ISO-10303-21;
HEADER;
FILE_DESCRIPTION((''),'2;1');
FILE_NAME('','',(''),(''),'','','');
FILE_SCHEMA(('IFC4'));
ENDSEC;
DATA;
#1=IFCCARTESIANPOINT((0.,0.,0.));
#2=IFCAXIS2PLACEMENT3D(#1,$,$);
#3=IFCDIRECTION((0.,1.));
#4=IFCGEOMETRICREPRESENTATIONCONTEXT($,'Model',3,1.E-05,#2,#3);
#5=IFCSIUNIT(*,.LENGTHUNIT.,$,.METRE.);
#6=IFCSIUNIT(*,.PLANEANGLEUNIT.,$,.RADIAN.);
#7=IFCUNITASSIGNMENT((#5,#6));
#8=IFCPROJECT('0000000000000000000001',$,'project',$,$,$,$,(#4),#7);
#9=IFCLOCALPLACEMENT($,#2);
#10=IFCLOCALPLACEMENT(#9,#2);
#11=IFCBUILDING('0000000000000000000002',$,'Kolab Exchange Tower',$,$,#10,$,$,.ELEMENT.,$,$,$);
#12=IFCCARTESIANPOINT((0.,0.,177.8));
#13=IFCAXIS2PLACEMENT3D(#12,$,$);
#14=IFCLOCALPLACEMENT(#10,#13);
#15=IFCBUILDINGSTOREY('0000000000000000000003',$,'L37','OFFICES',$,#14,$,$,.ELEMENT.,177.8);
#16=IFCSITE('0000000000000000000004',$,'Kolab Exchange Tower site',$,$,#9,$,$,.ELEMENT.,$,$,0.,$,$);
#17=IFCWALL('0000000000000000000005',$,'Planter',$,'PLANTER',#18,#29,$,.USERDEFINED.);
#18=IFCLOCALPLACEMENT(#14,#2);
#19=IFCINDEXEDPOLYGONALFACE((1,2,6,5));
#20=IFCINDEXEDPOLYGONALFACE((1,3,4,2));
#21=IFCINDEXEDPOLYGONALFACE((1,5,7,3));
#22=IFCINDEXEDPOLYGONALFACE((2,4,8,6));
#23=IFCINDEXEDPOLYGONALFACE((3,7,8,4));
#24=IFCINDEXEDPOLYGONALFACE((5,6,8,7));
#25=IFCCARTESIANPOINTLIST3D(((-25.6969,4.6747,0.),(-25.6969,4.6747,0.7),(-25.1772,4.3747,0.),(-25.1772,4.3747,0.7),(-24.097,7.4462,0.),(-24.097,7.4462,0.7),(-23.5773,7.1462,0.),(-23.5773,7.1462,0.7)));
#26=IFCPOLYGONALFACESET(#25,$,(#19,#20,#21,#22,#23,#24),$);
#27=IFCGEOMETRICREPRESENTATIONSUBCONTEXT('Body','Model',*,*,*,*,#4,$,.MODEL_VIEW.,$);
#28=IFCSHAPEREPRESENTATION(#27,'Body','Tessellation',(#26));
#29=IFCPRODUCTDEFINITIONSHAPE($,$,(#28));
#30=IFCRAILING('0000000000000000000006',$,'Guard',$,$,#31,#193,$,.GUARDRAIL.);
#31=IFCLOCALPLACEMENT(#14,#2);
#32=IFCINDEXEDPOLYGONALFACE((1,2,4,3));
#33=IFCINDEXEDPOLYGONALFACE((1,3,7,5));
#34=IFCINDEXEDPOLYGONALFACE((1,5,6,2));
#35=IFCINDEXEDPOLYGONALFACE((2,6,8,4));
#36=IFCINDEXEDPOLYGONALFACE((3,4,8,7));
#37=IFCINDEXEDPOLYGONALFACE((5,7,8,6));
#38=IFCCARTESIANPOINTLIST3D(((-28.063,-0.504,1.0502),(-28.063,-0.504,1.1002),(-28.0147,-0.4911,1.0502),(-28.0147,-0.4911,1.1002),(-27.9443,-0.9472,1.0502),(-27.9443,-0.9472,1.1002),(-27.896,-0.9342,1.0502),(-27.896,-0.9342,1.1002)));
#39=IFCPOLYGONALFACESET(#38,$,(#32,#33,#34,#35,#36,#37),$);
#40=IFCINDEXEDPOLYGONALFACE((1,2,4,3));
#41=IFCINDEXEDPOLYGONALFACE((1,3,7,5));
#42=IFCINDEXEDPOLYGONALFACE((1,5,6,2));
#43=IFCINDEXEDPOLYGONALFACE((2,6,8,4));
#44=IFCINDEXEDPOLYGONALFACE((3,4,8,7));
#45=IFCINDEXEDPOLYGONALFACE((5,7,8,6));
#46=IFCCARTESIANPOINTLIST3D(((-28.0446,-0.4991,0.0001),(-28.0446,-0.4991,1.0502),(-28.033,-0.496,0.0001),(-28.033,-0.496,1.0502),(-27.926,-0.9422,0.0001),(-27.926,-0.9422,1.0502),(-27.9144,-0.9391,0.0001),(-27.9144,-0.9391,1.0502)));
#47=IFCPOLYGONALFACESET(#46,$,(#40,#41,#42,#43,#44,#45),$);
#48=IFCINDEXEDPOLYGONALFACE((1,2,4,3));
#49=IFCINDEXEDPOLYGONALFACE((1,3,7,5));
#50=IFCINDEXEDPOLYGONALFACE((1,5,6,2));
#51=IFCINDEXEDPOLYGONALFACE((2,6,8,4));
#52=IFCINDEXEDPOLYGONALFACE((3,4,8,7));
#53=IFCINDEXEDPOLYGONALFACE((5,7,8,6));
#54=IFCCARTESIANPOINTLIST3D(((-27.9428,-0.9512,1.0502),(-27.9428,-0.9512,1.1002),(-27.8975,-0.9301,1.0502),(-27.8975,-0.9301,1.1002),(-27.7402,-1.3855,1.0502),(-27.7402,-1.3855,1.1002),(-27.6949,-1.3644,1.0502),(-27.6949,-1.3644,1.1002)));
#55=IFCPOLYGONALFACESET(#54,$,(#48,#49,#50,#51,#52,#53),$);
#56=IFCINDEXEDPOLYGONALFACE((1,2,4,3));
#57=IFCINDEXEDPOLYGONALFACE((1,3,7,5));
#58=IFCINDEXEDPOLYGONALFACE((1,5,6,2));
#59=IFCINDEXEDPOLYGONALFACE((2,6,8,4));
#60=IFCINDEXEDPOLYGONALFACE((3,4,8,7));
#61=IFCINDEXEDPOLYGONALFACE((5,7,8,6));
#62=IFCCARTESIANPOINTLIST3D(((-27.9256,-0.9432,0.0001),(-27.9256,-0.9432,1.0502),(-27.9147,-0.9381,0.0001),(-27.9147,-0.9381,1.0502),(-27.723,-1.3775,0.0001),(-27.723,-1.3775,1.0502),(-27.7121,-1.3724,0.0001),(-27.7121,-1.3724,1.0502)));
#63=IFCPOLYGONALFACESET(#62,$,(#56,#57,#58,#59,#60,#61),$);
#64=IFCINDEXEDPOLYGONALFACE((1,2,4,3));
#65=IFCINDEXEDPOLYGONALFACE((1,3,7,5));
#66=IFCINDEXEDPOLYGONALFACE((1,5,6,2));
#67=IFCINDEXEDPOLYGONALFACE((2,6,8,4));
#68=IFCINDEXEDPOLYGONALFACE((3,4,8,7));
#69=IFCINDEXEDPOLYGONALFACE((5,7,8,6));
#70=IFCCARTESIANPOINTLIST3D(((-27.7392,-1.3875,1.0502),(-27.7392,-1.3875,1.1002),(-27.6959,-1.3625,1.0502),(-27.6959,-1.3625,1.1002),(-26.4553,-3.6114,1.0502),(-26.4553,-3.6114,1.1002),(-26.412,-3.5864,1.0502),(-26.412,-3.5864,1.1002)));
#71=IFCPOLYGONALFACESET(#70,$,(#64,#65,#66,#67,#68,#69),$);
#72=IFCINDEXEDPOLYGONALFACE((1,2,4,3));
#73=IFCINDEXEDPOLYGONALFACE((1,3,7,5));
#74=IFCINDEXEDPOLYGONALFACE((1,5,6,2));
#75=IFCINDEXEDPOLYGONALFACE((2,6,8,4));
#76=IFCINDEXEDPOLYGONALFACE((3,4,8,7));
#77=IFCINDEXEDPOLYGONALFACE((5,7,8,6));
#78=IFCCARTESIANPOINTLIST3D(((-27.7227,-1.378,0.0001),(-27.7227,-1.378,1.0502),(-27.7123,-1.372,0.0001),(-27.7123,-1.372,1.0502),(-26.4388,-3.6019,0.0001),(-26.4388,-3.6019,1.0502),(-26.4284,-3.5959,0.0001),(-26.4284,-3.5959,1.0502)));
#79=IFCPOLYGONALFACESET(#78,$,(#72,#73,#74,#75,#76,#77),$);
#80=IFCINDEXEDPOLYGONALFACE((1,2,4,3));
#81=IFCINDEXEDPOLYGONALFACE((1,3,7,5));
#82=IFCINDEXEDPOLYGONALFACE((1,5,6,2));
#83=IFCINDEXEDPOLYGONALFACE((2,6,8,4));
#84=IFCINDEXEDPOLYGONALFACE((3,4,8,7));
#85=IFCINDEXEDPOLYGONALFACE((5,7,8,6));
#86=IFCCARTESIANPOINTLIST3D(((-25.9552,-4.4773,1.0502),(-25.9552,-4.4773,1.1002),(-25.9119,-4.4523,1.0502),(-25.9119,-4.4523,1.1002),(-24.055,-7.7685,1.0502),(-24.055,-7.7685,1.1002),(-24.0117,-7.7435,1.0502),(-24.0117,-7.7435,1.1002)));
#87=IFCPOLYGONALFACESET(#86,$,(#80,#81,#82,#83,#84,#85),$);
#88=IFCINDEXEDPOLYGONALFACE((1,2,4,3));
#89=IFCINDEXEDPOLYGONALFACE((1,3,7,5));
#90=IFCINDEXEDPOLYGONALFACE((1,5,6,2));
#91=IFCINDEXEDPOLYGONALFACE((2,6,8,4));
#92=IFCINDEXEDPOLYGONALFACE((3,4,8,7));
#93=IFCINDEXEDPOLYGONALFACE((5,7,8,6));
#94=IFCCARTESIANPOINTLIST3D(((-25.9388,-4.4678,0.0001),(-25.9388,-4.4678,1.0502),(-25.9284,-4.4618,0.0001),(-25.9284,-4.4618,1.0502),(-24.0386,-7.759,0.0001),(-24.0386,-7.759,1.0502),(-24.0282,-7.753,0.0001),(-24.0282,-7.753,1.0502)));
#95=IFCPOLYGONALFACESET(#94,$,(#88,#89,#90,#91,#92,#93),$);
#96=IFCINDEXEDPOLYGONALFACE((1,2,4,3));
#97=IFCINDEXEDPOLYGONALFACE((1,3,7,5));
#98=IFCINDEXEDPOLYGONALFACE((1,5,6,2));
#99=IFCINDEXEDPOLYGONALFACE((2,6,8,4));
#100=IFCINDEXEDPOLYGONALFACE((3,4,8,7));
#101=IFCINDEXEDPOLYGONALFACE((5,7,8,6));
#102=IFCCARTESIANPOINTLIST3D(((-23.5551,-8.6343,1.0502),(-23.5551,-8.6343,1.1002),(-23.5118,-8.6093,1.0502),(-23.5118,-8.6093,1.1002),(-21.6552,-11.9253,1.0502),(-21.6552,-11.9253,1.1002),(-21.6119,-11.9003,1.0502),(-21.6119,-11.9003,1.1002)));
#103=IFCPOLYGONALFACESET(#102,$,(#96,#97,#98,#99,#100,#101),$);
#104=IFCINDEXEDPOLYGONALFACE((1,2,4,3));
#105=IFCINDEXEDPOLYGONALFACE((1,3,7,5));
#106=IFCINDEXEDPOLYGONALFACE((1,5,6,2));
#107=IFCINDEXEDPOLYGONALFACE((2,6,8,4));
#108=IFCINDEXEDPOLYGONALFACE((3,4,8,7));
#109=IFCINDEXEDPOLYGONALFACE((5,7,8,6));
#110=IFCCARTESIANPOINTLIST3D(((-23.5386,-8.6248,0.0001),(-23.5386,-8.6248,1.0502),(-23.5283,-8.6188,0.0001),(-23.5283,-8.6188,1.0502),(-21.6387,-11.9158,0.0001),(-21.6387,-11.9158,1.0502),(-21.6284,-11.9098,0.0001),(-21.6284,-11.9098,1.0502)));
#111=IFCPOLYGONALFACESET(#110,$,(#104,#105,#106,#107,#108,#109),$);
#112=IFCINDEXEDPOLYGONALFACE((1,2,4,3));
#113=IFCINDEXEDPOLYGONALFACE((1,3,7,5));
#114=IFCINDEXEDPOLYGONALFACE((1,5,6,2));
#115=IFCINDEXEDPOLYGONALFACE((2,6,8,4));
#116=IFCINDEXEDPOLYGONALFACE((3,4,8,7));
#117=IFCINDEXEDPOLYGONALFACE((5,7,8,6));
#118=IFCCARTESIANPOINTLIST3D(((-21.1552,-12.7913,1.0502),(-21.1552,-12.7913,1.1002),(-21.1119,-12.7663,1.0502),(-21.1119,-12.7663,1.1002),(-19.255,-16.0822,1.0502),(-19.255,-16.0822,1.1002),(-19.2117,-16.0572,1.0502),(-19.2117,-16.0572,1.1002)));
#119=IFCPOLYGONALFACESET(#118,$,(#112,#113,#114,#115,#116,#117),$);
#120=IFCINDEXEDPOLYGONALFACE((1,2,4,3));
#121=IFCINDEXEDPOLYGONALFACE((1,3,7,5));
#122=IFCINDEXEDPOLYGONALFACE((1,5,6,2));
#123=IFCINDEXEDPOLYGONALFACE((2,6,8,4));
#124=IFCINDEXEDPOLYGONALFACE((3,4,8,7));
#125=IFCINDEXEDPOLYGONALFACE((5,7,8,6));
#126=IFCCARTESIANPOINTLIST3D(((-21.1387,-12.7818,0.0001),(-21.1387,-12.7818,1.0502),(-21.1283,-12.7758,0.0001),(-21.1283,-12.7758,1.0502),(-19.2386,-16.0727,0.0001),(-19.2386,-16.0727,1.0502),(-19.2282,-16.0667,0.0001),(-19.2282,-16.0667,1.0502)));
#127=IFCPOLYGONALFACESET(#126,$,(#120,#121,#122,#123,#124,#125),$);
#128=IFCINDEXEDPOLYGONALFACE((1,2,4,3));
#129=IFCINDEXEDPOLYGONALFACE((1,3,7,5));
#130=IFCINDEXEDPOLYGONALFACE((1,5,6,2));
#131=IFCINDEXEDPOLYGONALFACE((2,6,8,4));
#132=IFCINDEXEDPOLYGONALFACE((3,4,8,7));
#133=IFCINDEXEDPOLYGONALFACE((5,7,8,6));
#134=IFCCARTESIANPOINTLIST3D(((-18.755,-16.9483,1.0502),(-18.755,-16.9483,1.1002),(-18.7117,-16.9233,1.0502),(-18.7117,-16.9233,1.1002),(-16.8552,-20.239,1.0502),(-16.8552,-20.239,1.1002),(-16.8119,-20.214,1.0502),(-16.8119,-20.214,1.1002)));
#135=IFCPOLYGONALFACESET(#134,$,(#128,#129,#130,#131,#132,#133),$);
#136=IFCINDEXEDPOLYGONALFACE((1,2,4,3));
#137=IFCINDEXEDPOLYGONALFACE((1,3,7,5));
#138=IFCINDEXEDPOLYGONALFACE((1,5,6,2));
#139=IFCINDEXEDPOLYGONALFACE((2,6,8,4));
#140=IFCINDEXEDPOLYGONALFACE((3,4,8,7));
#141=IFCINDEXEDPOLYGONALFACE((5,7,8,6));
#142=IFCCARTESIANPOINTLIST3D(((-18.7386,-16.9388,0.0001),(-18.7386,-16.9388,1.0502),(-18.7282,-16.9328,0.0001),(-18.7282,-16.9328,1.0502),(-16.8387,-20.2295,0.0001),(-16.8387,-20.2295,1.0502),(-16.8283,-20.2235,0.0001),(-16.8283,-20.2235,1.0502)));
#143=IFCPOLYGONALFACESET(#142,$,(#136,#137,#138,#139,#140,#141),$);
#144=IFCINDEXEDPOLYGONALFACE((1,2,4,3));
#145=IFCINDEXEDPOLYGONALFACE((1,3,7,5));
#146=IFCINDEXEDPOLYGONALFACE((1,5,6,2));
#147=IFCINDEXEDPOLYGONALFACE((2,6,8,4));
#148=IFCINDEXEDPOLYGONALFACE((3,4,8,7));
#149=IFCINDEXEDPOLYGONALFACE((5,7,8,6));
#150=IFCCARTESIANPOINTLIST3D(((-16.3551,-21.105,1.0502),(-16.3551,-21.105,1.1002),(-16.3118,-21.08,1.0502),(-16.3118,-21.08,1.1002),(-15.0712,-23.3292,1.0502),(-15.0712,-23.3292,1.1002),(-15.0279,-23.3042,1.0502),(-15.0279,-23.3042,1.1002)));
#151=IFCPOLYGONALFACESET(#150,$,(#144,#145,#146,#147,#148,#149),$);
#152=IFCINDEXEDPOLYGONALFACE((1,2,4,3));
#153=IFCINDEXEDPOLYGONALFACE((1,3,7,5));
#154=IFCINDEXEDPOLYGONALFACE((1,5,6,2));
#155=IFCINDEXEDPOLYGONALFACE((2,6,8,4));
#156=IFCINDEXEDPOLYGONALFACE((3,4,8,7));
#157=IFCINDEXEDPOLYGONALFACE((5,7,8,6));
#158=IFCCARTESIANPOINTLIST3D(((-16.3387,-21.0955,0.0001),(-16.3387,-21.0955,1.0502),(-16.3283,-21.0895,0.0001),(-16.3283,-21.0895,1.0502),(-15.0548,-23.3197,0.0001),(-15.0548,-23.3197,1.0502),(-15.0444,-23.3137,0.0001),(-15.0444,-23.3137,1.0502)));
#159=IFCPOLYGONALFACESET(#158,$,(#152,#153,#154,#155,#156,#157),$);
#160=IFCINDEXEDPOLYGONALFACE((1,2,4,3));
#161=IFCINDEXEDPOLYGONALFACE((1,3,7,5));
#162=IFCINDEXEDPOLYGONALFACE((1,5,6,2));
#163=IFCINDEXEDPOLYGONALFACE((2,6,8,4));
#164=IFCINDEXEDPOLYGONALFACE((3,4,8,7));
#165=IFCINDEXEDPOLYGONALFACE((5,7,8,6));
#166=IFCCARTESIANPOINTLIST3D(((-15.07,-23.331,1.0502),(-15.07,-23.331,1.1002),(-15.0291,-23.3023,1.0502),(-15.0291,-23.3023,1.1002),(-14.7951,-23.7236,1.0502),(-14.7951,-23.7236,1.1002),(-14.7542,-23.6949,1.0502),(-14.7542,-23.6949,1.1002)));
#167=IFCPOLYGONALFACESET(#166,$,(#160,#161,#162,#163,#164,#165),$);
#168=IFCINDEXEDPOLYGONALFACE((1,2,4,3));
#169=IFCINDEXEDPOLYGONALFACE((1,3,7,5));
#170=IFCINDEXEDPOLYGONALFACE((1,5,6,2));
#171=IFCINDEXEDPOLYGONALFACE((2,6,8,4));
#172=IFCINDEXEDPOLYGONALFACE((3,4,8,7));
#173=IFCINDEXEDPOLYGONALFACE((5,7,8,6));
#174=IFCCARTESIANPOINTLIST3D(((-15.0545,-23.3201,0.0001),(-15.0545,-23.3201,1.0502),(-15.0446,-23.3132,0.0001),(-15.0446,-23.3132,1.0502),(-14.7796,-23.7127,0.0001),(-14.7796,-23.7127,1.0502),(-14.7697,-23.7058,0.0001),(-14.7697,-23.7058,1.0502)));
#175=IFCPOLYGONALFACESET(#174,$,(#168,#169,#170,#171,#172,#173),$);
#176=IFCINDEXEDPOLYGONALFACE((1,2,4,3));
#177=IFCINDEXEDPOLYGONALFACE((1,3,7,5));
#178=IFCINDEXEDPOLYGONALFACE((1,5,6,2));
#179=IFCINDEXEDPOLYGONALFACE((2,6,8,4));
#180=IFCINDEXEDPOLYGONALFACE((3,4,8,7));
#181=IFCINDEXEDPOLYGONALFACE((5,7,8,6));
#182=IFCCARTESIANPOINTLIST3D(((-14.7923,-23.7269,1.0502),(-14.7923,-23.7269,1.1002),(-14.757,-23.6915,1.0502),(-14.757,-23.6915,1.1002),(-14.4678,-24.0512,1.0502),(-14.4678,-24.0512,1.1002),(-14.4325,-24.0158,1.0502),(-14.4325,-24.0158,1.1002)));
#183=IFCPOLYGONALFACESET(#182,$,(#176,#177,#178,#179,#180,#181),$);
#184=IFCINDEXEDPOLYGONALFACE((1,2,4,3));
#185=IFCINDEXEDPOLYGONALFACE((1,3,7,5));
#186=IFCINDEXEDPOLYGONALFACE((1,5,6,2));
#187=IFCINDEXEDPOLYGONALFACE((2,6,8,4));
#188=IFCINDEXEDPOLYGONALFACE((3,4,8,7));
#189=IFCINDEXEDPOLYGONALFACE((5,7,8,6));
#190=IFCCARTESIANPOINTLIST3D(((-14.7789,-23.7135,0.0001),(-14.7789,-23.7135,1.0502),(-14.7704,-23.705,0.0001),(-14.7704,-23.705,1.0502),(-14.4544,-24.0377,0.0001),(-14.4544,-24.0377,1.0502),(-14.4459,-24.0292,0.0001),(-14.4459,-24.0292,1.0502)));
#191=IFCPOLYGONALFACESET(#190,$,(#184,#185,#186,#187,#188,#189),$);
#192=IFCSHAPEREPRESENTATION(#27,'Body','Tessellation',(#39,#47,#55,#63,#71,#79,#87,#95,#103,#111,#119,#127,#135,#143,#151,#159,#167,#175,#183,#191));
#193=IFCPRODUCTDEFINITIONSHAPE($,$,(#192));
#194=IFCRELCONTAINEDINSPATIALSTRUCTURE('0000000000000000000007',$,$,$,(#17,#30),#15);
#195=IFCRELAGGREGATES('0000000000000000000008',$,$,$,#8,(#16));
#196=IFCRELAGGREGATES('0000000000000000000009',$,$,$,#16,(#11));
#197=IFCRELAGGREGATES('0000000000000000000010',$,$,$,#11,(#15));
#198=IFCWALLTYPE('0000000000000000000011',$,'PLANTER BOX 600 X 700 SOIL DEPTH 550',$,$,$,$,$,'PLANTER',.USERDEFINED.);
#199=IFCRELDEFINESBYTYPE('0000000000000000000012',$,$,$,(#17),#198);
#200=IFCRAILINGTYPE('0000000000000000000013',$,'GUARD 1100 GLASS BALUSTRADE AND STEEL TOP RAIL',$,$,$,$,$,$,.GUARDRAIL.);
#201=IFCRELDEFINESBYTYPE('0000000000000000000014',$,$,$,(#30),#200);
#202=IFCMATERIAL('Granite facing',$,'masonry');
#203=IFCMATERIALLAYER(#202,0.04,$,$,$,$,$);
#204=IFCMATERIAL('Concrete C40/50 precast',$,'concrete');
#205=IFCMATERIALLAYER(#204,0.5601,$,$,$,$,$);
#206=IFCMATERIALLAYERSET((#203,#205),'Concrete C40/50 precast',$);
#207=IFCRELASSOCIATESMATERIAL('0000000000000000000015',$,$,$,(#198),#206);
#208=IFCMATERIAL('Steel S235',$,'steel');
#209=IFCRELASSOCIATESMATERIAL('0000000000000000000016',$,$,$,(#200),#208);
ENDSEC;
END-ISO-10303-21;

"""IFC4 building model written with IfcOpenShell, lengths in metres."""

from ifc_helpers import new_model, si_unit, direction, frame, frame_2d, origin, origin_2d, place, context, subcontext, project, spatial, rectangle, extrude, material, layer, layer_set, type_object, element, save


model = new_model("IFC4")

# Units and contexts
model_context = context("Model", 3, precision=1e-05, world=origin(), true_north=direction((0.0, 1.0)))
body_context = subcontext(model_context, "Body", "Model", "MODEL_VIEW")
ifc_project = project(units=[si_unit("LENGTHUNIT", "METRE"), si_unit("PLANEANGLEUNIT", "RADIAN")], contexts=[model_context])

# Site, building, storey
site_placement = place(None, origin())
site = spatial("IfcSite", under=ifc_project, at=site_placement, Name="Kolab Exchange Tower site", CompositionType="ELEMENT", RefElevation=0.0)
building_placement = place(site_placement, origin())
building = spatial("IfcBuilding", under=site, at=building_placement, Name="Kolab Exchange Tower", CompositionType="ELEMENT")
storey_placement = place(building_placement, frame((0.0, 0.0, 177.8)))
storey = spatial("IfcBuildingStorey", under=building, at=storey_placement, Name="L37", Description="OFFICES", CompositionType="ELEMENT", Elevation=177.8)

# Wall
ifc_material_1 = material(Name="Granite facing", Category="masonry")
ifc_layer_1 = layer(ifc_material_1, 0.04)
ifc_material_2 = material(Name="Concrete C40/50 precast", Category="concrete")
ifc_layer_2 = layer(ifc_material_2, 0.5601)
ifc_layer_set_1 = layer_set([ifc_layer_1, ifc_layer_2], Name="Concrete C40/50 precast")
wall_type_1 = type_object("IfcWallType", Name="PLANTER BOX 600 X 700 SOIL DEPTH 550", ElementType="PLANTER", PredefinedType="USERDEFINED", material=ifc_layer_set_1)
wall_1_placement = place(storey_placement, frame((-25.437, 4.5247, 0.0), z_axis=(0.0, 0.0, 1.0), x_axis=(0.499938, 0.866061, 0.0)))
element("IfcWall", 1, at=wall_1_placement, inside=storey, type_object=wall_type_1, Name="Planter", ObjectType="PLANTER", PredefinedType="USERDEFINED", context=body_context, shape_type="SweptSolid", body=[
    extrude(rectangle(XDim=3.2002, YDim=0.6001, at=frame_2d((1.6001, 0.0))), origin(), (0.0, 0.0, 1.0), 0.7),
])

# Railing
ifc_material_3 = material(Name="Steel S235", Category="steel")
railing_type = type_object("IfcRailingType", Name="GUARD 1100 GLASS BALUSTRADE AND STEEL TOP RAIL", PredefinedType="GUARDRAIL", material=ifc_material_3)
railing_placement = place(storey_placement, frame((-28.0388, -0.4976, 0.0)))
element("IfcRailing", 2, at=railing_placement, inside=storey, type_object=railing_type, Name="Guard", PredefinedType="GUARDRAIL", context=body_context, shape_type="SweptSolid", body=[
    extrude(rectangle(XDim=0.05, YDim=0.05, at=origin_2d()), frame((0.0, 0.0, 1.0752), z_axis=(0.258656, -0.965969, 0.0), x_axis=(0.965969, 0.258656, 0.0)), (0.0, 0.0, 1.0), 0.4587),
    extrude(rectangle(XDim=0.012, YDim=1.0501, at=frame_2d((0.0, 0.5251))), frame((0.0, 0.0, 0.0), z_axis=(0.258656, -0.965969, 0.0), x_axis=(0.965969, 0.258656, 0.0)), (0.0, 0.0, 1.0), 0.4587),
    extrude(rectangle(XDim=0.05, YDim=0.05, at=origin_2d()), frame((0.1187, -0.4431, 1.0752), z_axis=(0.422802, -0.906222, 0.0), x_axis=(0.906222, 0.422802, 0.0)), (0.0, 0.0, 1.0), 0.4792),
    extrude(rectangle(XDim=0.012, YDim=1.0501, at=frame_2d((0.0, 0.5251))), frame((0.1187, -0.4431, 0.0), z_axis=(0.422802, -0.906222, 0.0), x_axis=(0.906222, 0.422802, 0.0)), (0.0, 0.0, 1.0), 0.4792),
    extrude(rectangle(XDim=0.05, YDim=0.05, at=origin_2d()), frame((0.3213, -0.8774, 1.0752), z_axis=(0.499994, -0.866029, 0.0), x_axis=(0.866029, 0.499994, 0.0)), (0.0, 0.0, 1.0), 2.5679),
    extrude(rectangle(XDim=0.012, YDim=1.0501, at=frame_2d((0.0, 0.5251))), frame((0.3213, -0.8774, 0.0), z_axis=(0.499994, -0.866029, 0.0), x_axis=(0.866029, 0.499994, 0.0)), (0.0, 0.0, 1.0), 2.5679),
    extrude(rectangle(XDim=0.05, YDim=0.05, at=origin_2d()), frame((2.1052, -3.9673, 1.0752), z_axis=(0.500015, -0.866017, 0.0), x_axis=(0.866017, 0.500015, 0.0)), (0.0, 0.0, 1.0), 3.8003),
    extrude(rectangle(XDim=0.012, YDim=1.0501, at=frame_2d((0.0, 0.5251))), frame((2.1052, -3.9673, 0.0), z_axis=(0.500015, -0.866017, 0.0), x_axis=(0.866017, 0.500015, 0.0)), (0.0, 0.0, 1.0), 3.8003),
    extrude(rectangle(XDim=0.05, YDim=0.05, at=origin_2d()), frame((4.5054, -8.1243, 1.0752), z_axis=(0.499967, -0.866044, 0.0), x_axis=(0.866044, 0.499967, 0.0)), (0.0, 0.0, 1.0), 3.8),
    extrude(rectangle(XDim=0.012, YDim=1.0501, at=frame_2d((0.0, 0.5251))), frame((4.5054, -8.1243, 0.0), z_axis=(0.499967, -0.866044, 0.0), x_axis=(0.866044, 0.499967, 0.0)), (0.0, 0.0, 1.0), 3.8),
    extrude(rectangle(XDim=0.05, YDim=0.05, at=origin_2d()), frame((6.9053, -12.2812, 1.0752), z_axis=(0.500043, -0.866, 0.0), x_axis=(0.866, 0.500043, 0.0)), (0.0, 0.0, 1.0), 3.8),
    extrude(rectangle(XDim=0.012, YDim=1.0501, at=frame_2d((0.0, 0.5251))), frame((6.9053, -12.2812, 0.0), z_axis=(0.500043, -0.866, 0.0), x_axis=(0.866, 0.500043, 0.0)), (0.0, 0.0, 1.0), 3.8),
    extrude(rectangle(XDim=0.05, YDim=0.05, at=origin_2d()), frame((9.3054, -16.4382, 1.0752), z_axis=(0.499995, -0.866028, 0.0), x_axis=(0.866028, 0.499995, 0.0)), (0.0, 0.0, 1.0), 3.7998),
    extrude(rectangle(XDim=0.012, YDim=1.0501, at=frame_2d((0.0, 0.5251))), frame((9.3054, -16.4382, 0.0), z_axis=(0.499995, -0.866028, 0.0), x_axis=(0.866028, 0.499995, 0.0)), (0.0, 0.0, 1.0), 3.7998),
    extrude(rectangle(XDim=0.05, YDim=0.05, at=origin_2d()), frame((11.7053, -20.595, 1.0752), z_axis=(0.499953, -0.866053, 0.0), x_axis=(0.866053, 0.499953, 0.0)), (0.0, 0.0, 1.0), 2.5681),
    extrude(rectangle(XDim=0.012, YDim=1.0501, at=frame_2d((0.0, 0.5251))), frame((11.7053, -20.595, 0.0), z_axis=(0.499953, -0.866053, 0.0), x_axis=(0.866053, 0.499953, 0.0)), (0.0, 0.0, 1.0), 2.5681),
    extrude(rectangle(XDim=0.05, YDim=0.05, at=origin_2d()), frame((12.9893, -22.8191, 1.0752), z_axis=(0.573599, -0.819136, 0.0), x_axis=(0.819136, 0.573599, 0.0)), (0.0, 0.0, 1.0), 0.4792),
    extrude(rectangle(XDim=0.012, YDim=1.0501, at=frame_2d((0.0, 0.5251))), frame((12.9893, -22.8191, 0.0), z_axis=(0.573599, -0.819136, 0.0), x_axis=(0.819136, 0.573599, 0.0)), (0.0, 0.0, 1.0), 0.4792),
    extrude(rectangle(XDim=0.05, YDim=0.05, at=origin_2d()), frame((13.2642, -23.2117, 1.0752), z_axis=(0.707373, -0.706841, 0.0), x_axis=(0.706841, 0.707373, 0.0)), (0.0, 0.0, 1.0), 0.4587),
    extrude(rectangle(XDim=0.012, YDim=1.0501, at=frame_2d((0.0, 0.5251))), frame((13.2642, -23.2117, 0.0), z_axis=(0.707373, -0.706841, 0.0), x_axis=(0.706841, 0.707373, 0.0)), (0.0, 0.0, 1.0), 0.4587),
])

save(model, "model.ifc")
